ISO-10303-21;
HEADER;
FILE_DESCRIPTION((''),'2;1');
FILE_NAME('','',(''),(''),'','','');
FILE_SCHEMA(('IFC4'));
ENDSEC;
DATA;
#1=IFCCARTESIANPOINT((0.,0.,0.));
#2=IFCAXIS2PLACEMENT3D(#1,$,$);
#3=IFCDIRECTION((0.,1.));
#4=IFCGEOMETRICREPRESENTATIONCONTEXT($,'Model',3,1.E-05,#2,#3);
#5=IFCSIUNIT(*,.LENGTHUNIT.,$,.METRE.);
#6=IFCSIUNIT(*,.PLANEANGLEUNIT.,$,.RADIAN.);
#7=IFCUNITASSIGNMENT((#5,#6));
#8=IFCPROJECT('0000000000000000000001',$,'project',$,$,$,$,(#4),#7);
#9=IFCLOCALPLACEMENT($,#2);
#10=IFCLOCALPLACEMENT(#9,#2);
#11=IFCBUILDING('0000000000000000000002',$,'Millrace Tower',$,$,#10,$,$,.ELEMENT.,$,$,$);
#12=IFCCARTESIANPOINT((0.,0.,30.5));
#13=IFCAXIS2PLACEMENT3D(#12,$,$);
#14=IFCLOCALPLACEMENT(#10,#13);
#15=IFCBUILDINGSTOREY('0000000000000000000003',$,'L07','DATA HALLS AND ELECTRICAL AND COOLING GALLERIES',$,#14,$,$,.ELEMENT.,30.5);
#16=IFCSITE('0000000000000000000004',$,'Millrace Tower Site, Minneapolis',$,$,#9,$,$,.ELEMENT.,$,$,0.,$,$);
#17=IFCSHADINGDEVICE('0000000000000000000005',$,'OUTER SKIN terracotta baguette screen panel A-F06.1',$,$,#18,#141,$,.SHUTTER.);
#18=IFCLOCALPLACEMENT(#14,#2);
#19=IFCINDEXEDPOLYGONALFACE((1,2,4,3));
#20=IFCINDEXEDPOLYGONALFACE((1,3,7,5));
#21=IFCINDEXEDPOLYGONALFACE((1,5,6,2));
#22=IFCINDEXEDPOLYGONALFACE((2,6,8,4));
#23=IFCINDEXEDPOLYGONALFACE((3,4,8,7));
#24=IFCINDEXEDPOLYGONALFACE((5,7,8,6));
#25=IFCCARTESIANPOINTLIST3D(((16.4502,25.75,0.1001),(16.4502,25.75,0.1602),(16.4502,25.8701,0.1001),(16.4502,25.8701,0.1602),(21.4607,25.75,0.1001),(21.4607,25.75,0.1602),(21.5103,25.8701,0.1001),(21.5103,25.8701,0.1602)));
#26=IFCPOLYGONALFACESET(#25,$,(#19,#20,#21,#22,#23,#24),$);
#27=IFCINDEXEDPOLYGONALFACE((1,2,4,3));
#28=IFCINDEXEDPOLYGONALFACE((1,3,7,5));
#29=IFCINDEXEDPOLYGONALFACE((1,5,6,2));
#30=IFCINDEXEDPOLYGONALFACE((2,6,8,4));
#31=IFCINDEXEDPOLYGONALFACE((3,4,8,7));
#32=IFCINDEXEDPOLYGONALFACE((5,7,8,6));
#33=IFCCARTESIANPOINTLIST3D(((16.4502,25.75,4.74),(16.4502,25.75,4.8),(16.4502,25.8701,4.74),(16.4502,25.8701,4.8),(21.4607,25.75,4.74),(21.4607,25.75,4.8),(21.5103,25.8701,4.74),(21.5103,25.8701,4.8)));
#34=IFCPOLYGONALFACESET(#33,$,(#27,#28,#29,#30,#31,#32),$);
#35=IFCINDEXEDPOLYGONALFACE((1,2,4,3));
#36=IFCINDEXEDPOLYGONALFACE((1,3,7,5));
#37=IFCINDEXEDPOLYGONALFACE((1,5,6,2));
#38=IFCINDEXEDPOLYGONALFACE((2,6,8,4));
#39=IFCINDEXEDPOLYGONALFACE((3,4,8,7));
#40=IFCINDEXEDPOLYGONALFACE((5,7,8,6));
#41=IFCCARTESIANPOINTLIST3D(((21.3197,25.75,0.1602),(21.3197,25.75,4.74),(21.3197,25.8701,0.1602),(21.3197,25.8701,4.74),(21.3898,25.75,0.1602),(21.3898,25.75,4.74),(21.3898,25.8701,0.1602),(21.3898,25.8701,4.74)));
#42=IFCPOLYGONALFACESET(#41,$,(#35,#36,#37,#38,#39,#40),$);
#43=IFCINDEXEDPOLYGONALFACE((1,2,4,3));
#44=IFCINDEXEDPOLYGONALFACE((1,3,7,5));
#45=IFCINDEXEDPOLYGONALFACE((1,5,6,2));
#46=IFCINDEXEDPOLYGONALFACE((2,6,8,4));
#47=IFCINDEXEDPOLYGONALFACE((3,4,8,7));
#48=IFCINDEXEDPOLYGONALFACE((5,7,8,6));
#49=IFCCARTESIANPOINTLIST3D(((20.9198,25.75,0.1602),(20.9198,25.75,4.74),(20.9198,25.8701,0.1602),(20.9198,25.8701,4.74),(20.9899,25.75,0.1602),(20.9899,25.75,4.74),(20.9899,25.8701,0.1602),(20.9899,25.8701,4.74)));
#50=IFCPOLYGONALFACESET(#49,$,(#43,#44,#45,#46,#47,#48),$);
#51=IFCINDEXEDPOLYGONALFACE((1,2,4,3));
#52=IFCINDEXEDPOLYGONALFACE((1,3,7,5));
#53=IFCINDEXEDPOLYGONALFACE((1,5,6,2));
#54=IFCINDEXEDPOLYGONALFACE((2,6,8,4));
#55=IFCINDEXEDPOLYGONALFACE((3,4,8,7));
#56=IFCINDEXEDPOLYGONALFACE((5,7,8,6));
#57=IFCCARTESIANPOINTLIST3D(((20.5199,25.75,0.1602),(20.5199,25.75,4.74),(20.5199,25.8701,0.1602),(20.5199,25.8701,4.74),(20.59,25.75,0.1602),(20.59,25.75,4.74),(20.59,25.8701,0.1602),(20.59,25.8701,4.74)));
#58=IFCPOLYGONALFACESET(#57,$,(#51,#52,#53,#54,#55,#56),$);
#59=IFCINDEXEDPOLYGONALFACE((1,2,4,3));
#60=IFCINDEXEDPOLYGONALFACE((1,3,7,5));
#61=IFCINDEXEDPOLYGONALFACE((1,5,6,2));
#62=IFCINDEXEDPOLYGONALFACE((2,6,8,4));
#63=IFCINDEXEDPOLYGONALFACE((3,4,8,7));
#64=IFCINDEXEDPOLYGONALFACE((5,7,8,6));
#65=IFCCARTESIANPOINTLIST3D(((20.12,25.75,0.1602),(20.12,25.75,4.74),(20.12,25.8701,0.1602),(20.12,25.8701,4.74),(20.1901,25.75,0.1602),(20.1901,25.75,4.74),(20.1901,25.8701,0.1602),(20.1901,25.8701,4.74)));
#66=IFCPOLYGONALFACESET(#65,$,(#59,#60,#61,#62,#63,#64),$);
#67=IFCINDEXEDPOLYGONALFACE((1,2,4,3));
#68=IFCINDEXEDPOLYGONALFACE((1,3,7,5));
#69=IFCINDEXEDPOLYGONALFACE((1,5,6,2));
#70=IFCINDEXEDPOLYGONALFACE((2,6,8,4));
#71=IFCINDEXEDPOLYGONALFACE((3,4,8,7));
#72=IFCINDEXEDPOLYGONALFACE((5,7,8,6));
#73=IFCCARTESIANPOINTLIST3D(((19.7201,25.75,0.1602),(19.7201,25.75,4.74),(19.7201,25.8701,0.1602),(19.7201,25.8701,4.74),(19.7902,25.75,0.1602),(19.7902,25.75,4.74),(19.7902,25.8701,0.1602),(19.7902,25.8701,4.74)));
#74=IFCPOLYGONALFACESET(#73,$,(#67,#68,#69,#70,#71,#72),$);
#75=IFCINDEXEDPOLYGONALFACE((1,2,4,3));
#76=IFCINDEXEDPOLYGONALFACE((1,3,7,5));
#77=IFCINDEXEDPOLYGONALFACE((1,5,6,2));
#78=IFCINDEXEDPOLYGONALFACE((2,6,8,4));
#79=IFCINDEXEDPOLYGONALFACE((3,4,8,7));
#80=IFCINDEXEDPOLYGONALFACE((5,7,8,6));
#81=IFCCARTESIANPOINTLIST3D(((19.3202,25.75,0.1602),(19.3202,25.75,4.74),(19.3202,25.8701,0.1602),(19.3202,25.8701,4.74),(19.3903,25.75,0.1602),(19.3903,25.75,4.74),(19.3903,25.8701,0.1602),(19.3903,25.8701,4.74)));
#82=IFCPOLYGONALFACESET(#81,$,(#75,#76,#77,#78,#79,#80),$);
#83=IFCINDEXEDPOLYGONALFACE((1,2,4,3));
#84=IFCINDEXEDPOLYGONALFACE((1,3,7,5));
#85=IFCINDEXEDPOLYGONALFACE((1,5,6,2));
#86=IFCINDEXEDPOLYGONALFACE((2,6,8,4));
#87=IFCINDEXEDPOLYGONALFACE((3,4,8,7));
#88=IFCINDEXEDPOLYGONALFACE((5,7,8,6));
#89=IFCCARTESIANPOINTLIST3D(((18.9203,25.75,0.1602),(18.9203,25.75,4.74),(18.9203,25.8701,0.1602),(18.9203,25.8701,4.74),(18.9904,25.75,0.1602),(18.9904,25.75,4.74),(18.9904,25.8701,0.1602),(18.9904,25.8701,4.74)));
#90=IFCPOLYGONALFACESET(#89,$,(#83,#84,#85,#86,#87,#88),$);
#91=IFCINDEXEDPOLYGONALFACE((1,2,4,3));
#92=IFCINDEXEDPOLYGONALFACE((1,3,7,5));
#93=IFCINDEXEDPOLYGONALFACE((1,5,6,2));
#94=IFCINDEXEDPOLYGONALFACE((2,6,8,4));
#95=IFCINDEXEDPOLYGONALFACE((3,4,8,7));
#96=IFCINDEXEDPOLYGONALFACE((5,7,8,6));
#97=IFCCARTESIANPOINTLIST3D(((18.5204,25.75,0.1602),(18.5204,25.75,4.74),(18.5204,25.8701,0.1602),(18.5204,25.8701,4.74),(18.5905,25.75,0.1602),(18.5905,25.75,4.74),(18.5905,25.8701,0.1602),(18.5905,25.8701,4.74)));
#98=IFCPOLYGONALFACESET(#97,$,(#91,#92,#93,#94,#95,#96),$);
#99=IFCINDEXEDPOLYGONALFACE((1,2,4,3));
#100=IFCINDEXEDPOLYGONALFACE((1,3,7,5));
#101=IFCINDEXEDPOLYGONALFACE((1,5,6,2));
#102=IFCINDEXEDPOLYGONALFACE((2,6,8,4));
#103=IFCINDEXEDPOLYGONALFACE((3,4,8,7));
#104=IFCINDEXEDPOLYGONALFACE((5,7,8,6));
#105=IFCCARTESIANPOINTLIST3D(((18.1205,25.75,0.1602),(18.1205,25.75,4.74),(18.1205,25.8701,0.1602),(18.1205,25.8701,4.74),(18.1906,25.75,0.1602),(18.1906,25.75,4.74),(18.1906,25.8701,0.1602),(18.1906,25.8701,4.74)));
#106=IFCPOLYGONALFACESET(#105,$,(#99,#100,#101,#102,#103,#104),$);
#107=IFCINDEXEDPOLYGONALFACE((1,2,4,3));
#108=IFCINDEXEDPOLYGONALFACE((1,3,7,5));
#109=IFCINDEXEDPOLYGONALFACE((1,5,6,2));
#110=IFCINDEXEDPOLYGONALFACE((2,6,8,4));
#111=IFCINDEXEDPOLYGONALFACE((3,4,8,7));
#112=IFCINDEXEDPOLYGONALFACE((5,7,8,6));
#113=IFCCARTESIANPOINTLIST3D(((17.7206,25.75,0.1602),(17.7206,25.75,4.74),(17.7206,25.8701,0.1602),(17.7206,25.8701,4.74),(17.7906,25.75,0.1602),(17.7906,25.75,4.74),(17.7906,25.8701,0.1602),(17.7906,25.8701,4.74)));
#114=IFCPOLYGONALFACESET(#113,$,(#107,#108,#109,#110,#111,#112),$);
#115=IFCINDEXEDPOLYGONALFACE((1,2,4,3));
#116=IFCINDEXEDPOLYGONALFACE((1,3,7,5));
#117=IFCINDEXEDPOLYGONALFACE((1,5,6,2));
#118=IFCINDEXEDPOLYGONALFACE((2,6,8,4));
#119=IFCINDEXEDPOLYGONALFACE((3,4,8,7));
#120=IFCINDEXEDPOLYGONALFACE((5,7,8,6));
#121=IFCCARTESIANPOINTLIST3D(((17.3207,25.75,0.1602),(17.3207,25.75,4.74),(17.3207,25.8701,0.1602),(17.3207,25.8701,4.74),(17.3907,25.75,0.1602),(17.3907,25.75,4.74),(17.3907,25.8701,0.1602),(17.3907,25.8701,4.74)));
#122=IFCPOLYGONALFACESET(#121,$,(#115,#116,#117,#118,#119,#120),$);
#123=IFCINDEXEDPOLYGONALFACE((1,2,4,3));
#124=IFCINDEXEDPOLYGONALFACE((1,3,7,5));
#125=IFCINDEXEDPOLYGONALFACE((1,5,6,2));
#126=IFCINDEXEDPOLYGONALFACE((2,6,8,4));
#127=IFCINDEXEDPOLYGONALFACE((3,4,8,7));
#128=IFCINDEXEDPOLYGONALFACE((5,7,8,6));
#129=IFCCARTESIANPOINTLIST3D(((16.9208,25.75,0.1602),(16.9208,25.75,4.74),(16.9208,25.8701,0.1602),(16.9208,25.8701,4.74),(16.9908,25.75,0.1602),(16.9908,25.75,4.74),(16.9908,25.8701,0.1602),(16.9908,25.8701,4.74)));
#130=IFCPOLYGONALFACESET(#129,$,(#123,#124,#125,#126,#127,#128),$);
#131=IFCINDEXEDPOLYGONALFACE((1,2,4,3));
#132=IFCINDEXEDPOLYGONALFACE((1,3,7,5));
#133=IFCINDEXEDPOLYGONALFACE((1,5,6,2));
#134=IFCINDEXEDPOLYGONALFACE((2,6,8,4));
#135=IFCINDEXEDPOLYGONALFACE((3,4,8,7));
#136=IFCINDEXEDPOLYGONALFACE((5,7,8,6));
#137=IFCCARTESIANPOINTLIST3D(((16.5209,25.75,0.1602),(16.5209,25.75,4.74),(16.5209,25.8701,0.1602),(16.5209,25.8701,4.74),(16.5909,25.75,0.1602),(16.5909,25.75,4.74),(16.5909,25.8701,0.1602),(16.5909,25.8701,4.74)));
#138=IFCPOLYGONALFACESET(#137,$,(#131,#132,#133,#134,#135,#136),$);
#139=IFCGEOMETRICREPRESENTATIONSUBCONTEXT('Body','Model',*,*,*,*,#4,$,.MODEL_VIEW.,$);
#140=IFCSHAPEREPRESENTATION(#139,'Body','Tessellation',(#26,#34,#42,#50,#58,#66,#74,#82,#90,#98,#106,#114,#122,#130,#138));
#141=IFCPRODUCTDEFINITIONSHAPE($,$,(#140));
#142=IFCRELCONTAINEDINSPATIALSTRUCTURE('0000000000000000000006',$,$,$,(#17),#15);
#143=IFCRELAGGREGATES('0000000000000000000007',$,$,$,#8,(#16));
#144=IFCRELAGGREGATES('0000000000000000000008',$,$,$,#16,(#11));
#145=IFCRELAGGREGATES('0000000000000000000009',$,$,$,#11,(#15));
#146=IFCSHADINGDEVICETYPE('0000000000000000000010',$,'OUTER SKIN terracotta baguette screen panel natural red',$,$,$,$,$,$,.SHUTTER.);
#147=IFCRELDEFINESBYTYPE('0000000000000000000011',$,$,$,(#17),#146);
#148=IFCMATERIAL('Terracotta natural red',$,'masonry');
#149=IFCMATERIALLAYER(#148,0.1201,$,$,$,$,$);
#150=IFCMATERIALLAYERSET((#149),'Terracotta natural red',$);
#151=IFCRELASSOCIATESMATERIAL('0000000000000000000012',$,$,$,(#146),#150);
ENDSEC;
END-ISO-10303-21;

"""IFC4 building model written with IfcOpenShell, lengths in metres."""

from ifc_helpers import new_model, entity, si_unit, direction, frame, frame_2d, origin, place, context, subcontext, project, spatial, rectangle, extrude, source, transform, mapped, material, layer, layer_set, type_object, element, save


model = new_model("IFC4")

# Units and contexts
model_context = context("Model", 3, precision=1e-05, world=origin(), true_north=direction((0.0, 1.0)))
body_context = subcontext(model_context, "Body", "Model", "MODEL_VIEW")
ifc_project = project(units=[si_unit("LENGTHUNIT", "METRE"), si_unit("PLANEANGLEUNIT", "RADIAN")], contexts=[model_context])

# Site, building, storey
site_placement = place(None, origin())
site = spatial("IfcSite", under=ifc_project, at=site_placement, Name="Millrace Tower Site, Minneapolis", CompositionType="ELEMENT", RefElevation=0.0)
building_placement = place(site_placement, origin())
building = spatial("IfcBuilding", under=site, at=building_placement, Name="Millrace Tower", CompositionType="ELEMENT")
storey_placement = place(building_placement, frame((0.0, 0.0, 30.5)))
storey = spatial("IfcBuildingStorey", under=building, at=storey_placement, Name="L07", Description="DATA HALLS AND ELECTRICAL AND COOLING GALLERIES", CompositionType="ELEMENT", Elevation=30.5)

# Shading device
ifc_material_1 = material(Name="Terracotta natural red", Category="masonry")
ifc_layer_1 = layer(ifc_material_1, 0.1201)
ifc_layer_set_1 = layer_set([ifc_layer_1], Name="Terracotta natural red")
shading_device_type_1 = type_object("IfcShadingDeviceType", Name="OUTER SKIN terracotta baguette screen panel natural red", PredefinedType="SHUTTER", material=ifc_layer_set_1)
cartesian_point_1 = entity("IfcCartesianPoint", [-2.4929, 0.0601])
shared_polyline_1 = entity("IfcPolyline", [cartesian_point_1, entity("IfcCartesianPoint", [2.5176, 0.0601]), entity("IfcCartesianPoint", [2.5176, -0.0601]), entity("IfcCartesianPoint", [-2.5425, -0.0601]), cartesian_point_1])
shared_shape_1 = source(origin(), body_context, "Body", "SweptSolid", [
    entity("IfcExtrudedAreaSolid", entity("IfcArbitraryClosedProfileDef", "AREA", None, shared_polyline_1), entity("IfcAxis2Placement3D", entity("IfcCartesianPoint", [0.0, 0.0, 0.0])), entity("IfcDirection", [0.0, 0.0, 1.0]), 0.0601),
    entity("IfcExtrudedAreaSolid", entity("IfcArbitraryClosedProfileDef", "AREA", None, shared_polyline_1), entity("IfcAxis2Placement3D", entity("IfcCartesianPoint", [0.0, 0.0, 4.6399])), entity("IfcDirection", [0.0, 0.0, 1.0]), 0.0601),
    extrude(rectangle(XDim=0.0701, YDim=0.1201, at=frame_2d((-2.387, 0.0))), frame((0.0, 0.0, 0.0601)), (0.0, 0.0, 1.0), 4.5798),
    extrude(rectangle(XDim=0.0701, YDim=0.1201, at=frame_2d((-1.9871, 0.0))), frame((0.0, 0.0, 0.0601)), (0.0, 0.0, 1.0), 4.5798),
    extrude(rectangle(XDim=0.0701, YDim=0.1201, at=frame_2d((-1.5872, 0.0))), frame((0.0, 0.0, 0.0601)), (0.0, 0.0, 1.0), 4.5798),
    extrude(rectangle(XDim=0.0701, YDim=0.1201, at=frame_2d((-1.1873, 0.0))), frame((0.0, 0.0, 0.0601)), (0.0, 0.0, 1.0), 4.5798),
    extrude(rectangle(XDim=0.0701, YDim=0.1201, at=frame_2d((-0.7874, 0.0))), frame((0.0, 0.0, 0.0601)), (0.0, 0.0, 1.0), 4.5798),
    extrude(rectangle(XDim=0.0701, YDim=0.1201, at=frame_2d((-0.3875, 0.0))), frame((0.0, 0.0, 0.0601)), (0.0, 0.0, 1.0), 4.5798),
    extrude(rectangle(XDim=0.0701, YDim=0.1201, at=frame_2d((0.0125, 0.0))), frame((0.0, 0.0, 0.0601)), (0.0, 0.0, 1.0), 4.5798),
    extrude(rectangle(XDim=0.0701, YDim=0.1201, at=frame_2d((0.4124, 0.0))), frame((0.0, 0.0, 0.0601)), (0.0, 0.0, 1.0), 4.5798),
    extrude(rectangle(XDim=0.0701, YDim=0.1201, at=frame_2d((0.8123, 0.0))), frame((0.0, 0.0, 0.0601)), (0.0, 0.0, 1.0), 4.5798),
    extrude(rectangle(XDim=0.0701, YDim=0.1201, at=frame_2d((1.2122, 0.0))), frame((0.0, 0.0, 0.0601)), (0.0, 0.0, 1.0), 4.5798),
    extrude(rectangle(XDim=0.0701, YDim=0.1201, at=frame_2d((1.6121, 0.0))), frame((0.0, 0.0, 0.0601)), (0.0, 0.0, 1.0), 4.5798),
    extrude(rectangle(XDim=0.0701, YDim=0.1201, at=frame_2d((2.012, 0.0))), frame((0.0, 0.0, 0.0601)), (0.0, 0.0, 1.0), 4.5798),
    extrude(rectangle(XDim=0.0701, YDim=0.1201, at=frame_2d((2.4119, 0.0))), frame((0.0, 0.0, 0.0601)), (0.0, 0.0, 1.0), 4.5798),
])
shading_device_1_placement = place(storey_placement, frame((18.9678, 25.8101, 0.1001), z_axis=(0.0, 0.0, 1.0), x_axis=(-1.0, 0.0, 0.0)))
element("IfcShadingDevice", 1, at=shading_device_1_placement, inside=storey, type_object=shading_device_type_1, Name="OUTER SKIN terracotta baguette screen panel A-F06.1", PredefinedType="SHUTTER", context=body_context, shape_type="MappedRepresentation", body=[
    mapped(shared_shape_1, transform((0.0, 0.0, 0.0), scale=1.0)),
])

save(model, "model.ifc")
